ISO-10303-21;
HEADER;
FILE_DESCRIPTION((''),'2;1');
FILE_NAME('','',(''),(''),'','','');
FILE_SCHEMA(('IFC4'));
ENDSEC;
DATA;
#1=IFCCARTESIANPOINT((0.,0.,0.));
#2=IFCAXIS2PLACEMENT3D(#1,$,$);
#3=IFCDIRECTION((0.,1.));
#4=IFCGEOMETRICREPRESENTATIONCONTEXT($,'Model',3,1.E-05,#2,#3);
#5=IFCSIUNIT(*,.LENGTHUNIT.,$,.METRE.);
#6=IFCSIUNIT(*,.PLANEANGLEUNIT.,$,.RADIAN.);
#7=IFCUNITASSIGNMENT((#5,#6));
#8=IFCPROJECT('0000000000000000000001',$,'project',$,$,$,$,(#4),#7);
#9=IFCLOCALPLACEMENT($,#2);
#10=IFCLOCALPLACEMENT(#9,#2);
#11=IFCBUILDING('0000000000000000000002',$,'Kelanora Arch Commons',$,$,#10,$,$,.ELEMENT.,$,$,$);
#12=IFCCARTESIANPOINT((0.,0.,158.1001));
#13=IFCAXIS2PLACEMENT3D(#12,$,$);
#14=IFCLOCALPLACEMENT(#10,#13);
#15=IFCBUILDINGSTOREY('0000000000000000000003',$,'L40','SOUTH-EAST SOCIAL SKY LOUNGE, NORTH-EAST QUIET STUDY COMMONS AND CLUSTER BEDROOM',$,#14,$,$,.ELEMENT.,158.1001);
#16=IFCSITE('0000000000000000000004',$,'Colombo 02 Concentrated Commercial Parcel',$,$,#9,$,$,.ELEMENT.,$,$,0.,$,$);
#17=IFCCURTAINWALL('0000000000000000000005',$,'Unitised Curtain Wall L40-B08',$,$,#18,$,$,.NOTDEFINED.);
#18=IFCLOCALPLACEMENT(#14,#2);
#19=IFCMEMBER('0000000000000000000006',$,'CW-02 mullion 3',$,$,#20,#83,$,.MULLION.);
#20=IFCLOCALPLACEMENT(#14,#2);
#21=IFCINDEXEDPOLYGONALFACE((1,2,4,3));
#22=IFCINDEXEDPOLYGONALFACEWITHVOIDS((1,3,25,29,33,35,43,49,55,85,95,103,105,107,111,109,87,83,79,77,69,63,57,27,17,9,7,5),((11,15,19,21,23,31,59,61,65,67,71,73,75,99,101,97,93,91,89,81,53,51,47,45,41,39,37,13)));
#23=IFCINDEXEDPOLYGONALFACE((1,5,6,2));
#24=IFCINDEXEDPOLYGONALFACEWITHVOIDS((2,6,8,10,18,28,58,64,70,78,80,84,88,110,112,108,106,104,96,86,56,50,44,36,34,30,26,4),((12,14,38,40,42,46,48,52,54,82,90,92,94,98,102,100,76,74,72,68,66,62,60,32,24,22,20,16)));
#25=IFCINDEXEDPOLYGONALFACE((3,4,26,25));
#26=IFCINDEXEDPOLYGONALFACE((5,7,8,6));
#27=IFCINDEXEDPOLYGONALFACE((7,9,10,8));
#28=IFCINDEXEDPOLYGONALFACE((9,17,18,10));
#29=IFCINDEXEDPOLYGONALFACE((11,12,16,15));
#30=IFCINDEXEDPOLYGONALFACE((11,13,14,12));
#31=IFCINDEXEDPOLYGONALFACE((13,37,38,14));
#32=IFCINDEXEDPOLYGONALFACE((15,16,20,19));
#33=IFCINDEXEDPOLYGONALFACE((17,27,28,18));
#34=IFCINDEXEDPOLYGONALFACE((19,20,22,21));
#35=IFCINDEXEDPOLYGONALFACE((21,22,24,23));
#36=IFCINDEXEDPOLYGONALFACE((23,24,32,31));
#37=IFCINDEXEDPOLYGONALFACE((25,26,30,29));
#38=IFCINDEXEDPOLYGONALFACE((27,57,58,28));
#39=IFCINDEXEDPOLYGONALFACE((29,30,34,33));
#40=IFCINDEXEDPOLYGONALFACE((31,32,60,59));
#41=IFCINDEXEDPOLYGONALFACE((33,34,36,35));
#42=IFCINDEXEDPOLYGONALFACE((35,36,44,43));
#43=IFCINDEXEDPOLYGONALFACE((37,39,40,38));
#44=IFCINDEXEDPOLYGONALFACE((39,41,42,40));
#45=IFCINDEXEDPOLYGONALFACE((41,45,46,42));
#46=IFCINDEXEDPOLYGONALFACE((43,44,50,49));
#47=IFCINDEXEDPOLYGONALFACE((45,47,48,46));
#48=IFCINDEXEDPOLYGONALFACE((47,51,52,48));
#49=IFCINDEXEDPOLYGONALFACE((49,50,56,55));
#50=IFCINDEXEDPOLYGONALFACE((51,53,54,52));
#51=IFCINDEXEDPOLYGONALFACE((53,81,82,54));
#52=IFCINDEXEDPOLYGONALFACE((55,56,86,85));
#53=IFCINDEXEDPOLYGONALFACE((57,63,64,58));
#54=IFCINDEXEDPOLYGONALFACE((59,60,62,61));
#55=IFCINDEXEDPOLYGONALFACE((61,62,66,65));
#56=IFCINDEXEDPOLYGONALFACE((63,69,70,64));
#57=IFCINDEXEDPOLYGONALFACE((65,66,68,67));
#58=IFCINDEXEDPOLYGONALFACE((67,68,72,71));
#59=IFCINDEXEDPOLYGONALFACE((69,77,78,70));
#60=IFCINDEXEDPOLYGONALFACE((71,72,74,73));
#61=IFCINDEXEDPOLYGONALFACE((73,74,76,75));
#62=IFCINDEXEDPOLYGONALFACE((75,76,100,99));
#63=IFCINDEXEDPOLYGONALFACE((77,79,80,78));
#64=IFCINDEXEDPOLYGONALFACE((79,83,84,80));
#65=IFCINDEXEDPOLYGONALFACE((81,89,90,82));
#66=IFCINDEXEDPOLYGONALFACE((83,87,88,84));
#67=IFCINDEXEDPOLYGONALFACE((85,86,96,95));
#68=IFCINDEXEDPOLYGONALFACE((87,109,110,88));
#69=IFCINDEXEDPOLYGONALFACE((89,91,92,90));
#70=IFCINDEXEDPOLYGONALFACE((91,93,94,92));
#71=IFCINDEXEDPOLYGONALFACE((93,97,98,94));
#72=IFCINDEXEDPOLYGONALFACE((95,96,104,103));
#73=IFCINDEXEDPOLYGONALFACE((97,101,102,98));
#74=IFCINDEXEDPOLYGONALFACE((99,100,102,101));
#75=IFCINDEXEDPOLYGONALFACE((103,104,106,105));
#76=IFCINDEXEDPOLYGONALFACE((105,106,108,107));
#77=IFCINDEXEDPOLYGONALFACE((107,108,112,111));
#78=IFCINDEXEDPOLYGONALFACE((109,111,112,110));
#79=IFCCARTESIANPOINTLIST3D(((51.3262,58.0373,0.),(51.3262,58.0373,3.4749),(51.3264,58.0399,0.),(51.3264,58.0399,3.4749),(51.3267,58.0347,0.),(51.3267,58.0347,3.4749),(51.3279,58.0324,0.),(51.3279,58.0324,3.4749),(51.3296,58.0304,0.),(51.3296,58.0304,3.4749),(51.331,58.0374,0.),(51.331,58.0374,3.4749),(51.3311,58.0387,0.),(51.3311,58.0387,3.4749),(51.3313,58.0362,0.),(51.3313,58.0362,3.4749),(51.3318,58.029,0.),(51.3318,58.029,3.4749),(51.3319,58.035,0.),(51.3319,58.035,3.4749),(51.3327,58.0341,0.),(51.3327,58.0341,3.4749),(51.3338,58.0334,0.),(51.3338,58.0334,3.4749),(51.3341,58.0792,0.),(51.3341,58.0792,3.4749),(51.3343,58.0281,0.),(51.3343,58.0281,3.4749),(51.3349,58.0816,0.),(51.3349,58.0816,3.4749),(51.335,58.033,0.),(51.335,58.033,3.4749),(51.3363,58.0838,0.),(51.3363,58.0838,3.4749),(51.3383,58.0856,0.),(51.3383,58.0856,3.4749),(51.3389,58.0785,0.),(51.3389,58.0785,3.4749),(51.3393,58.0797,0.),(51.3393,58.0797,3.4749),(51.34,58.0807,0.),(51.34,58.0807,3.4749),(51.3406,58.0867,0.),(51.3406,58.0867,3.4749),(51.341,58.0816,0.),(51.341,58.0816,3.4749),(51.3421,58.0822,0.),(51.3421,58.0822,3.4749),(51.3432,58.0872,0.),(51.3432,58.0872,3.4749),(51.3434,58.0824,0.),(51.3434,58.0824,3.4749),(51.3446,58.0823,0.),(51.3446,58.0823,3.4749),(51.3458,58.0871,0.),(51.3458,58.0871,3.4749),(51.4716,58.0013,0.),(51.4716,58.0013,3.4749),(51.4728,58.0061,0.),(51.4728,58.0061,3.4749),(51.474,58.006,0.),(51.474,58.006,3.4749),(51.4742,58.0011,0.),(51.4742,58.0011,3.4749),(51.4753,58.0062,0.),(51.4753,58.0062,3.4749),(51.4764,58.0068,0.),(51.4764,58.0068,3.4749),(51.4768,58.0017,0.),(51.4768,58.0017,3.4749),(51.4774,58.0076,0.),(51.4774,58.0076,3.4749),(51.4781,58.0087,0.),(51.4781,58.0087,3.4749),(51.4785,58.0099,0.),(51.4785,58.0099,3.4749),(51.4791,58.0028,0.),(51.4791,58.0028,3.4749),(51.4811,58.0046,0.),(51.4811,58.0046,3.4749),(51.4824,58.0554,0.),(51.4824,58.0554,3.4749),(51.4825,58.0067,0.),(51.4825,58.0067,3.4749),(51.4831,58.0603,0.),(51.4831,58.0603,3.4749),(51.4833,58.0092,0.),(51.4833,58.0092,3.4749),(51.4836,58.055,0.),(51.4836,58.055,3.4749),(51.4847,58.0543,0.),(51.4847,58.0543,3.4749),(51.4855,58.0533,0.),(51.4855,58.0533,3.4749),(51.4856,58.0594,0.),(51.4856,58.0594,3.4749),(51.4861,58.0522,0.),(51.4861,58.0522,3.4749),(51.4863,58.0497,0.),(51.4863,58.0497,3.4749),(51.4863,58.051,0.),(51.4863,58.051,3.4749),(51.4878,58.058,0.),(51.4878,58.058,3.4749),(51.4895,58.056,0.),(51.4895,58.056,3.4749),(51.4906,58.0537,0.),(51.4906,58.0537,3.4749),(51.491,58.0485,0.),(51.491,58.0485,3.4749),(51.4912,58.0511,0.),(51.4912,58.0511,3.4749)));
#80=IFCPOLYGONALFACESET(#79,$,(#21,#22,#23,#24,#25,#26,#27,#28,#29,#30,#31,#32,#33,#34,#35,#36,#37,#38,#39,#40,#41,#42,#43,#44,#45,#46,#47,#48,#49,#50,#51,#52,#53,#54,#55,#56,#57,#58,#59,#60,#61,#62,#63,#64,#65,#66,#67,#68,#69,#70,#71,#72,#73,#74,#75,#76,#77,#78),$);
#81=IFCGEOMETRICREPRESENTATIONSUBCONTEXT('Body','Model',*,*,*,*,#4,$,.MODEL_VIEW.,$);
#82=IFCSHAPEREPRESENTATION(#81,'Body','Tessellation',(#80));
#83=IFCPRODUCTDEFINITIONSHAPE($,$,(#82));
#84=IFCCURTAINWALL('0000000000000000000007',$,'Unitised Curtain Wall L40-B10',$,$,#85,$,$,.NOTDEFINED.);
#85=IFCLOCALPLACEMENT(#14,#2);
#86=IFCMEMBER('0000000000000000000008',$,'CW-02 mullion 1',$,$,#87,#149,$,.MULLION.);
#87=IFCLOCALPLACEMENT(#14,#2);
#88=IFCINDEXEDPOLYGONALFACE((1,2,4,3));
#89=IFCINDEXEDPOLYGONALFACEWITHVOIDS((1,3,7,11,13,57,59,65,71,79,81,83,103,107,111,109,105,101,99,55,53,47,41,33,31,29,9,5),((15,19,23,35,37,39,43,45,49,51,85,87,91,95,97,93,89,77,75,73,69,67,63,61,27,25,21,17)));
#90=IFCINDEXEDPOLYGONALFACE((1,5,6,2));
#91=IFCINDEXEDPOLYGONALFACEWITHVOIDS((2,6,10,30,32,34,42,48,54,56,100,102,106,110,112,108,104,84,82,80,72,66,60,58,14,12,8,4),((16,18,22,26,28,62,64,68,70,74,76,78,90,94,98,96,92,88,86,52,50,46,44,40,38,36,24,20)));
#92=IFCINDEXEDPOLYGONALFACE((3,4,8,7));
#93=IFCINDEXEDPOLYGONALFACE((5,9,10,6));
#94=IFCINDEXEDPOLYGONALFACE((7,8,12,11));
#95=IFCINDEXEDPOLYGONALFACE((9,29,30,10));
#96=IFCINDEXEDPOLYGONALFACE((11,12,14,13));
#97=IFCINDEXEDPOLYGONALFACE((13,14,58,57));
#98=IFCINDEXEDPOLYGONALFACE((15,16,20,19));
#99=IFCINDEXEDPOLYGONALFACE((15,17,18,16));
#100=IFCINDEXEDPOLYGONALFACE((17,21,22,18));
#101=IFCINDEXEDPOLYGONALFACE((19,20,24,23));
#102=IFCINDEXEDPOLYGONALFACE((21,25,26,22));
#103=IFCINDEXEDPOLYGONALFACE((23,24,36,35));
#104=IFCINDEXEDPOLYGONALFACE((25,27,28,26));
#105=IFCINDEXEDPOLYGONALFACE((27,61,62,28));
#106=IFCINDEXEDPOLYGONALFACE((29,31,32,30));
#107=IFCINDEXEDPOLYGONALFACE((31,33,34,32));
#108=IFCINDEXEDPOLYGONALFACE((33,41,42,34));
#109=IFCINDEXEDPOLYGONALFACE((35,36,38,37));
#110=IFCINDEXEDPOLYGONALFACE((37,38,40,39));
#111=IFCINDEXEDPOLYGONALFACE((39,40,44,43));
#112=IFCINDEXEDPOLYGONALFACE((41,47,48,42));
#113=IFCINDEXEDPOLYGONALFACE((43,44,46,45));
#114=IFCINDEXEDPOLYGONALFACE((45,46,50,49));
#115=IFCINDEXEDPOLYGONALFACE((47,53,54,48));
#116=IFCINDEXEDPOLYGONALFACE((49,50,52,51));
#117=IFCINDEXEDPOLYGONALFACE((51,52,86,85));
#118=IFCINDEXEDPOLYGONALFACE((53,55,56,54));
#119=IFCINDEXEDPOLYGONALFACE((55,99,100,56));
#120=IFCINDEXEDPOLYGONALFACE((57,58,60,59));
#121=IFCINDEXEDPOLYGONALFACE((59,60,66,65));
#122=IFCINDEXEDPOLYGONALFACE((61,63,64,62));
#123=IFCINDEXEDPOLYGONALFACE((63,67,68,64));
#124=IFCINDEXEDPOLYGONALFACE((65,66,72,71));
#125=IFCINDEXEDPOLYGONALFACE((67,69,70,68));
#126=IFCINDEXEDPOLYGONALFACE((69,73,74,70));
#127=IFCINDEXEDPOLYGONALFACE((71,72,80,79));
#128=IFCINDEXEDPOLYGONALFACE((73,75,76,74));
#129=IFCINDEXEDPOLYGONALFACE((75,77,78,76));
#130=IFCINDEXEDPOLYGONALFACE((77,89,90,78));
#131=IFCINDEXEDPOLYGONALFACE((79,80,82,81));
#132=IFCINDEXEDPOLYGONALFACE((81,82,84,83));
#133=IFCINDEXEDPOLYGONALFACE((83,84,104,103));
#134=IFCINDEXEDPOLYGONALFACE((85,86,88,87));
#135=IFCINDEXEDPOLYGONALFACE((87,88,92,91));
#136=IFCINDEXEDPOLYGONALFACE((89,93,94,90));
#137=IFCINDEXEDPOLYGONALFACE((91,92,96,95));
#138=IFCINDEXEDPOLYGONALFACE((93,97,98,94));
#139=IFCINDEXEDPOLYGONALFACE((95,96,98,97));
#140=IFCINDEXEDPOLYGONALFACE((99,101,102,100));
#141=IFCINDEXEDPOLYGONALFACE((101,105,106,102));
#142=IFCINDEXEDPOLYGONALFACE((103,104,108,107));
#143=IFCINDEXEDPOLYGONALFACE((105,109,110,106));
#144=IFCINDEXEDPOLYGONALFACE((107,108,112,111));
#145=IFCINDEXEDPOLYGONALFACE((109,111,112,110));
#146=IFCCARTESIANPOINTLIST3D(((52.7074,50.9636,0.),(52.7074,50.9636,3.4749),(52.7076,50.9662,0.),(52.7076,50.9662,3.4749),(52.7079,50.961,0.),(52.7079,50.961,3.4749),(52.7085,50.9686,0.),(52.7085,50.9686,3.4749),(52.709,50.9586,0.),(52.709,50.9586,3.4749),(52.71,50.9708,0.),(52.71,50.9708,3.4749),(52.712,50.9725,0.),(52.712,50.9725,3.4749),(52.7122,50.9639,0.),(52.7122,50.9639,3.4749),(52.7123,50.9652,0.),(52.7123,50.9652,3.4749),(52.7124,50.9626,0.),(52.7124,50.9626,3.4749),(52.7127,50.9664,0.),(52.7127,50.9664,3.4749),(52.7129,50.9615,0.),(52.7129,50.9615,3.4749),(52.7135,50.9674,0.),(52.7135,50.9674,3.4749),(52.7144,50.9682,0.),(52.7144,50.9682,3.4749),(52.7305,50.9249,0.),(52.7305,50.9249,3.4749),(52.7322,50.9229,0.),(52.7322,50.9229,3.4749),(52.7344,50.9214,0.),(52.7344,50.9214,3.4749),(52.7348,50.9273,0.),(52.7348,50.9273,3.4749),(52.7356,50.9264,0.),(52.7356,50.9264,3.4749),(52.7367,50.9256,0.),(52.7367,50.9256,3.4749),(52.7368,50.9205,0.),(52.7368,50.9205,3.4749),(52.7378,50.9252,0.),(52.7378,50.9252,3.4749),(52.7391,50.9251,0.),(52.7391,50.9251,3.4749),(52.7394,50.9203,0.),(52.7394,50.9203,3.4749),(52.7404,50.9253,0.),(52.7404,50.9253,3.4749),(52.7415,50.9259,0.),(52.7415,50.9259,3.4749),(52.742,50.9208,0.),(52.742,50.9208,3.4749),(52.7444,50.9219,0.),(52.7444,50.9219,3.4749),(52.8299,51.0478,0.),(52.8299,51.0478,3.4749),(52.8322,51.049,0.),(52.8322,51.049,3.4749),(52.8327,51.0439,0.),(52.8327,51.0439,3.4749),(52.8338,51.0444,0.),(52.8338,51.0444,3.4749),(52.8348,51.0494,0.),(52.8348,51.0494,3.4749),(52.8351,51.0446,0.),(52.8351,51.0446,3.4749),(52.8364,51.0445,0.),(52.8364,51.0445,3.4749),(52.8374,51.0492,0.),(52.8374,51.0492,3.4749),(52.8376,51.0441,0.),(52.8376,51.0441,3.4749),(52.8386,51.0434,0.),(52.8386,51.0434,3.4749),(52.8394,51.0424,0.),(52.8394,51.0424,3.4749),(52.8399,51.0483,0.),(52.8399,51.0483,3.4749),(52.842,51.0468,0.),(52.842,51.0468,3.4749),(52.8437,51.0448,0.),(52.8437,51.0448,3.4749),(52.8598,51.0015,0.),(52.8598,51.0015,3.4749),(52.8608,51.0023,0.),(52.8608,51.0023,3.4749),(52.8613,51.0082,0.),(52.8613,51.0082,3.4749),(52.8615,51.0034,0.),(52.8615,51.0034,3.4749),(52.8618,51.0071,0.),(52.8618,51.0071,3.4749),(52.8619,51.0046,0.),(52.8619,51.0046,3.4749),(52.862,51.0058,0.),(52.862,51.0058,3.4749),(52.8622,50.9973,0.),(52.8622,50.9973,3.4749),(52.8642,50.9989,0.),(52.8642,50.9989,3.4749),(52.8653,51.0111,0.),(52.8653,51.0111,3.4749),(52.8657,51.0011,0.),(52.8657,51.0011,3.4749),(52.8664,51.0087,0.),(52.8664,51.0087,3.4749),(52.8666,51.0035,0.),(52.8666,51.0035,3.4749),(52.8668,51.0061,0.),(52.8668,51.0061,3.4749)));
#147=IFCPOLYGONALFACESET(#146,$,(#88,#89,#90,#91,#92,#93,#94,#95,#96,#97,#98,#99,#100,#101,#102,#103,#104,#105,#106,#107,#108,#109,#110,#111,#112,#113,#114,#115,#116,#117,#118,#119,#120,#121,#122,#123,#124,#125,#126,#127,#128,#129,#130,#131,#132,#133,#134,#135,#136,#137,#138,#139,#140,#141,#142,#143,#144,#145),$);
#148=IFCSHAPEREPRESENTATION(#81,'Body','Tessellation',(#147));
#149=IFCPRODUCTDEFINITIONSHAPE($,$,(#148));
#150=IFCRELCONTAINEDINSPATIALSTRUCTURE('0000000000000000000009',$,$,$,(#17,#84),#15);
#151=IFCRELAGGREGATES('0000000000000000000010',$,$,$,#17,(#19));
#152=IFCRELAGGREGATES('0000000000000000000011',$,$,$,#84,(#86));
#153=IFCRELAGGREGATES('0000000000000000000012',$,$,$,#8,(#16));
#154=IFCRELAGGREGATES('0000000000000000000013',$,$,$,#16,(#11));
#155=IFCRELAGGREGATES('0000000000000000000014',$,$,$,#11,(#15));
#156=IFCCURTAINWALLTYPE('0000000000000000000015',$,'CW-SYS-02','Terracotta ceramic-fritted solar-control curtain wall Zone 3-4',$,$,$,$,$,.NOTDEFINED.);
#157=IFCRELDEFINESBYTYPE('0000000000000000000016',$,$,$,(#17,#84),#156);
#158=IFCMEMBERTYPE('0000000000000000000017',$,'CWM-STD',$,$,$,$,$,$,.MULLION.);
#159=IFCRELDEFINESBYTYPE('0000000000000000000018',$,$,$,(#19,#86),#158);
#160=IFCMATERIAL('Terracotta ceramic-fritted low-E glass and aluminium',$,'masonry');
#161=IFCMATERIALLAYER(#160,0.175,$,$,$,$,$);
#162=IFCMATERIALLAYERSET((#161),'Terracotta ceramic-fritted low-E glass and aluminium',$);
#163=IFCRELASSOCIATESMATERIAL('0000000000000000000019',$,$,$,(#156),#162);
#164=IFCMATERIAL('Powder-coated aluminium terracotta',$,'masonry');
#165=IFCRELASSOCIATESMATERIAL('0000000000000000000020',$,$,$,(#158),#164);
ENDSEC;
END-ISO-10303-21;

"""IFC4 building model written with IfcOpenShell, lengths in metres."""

from ifc_helpers import new_model, si_unit, direction, frame, origin, origin_2d, place, context, subcontext, project, spatial, hollow_rectangle, extrude, material, layer, layer_set, material_profile, profile_set, type_object, element, aggregate, save


model = new_model("IFC4")

# Units and contexts
model_context = context("Model", 3, precision=1e-05, world=origin(), true_north=direction((0.0, 1.0)))
body_context = subcontext(model_context, "Body", "Model", "MODEL_VIEW")
ifc_project = project(units=[si_unit("LENGTHUNIT", "METRE"), si_unit("PLANEANGLEUNIT", "RADIAN")], contexts=[model_context])

# Site, building, storey
site_placement = place(None, origin())
site = spatial("IfcSite", under=ifc_project, at=site_placement, Name="Colombo 02 Concentrated Commercial Parcel", CompositionType="ELEMENT", RefElevation=0.0)
building_placement = place(site_placement, origin())
building = spatial("IfcBuilding", under=site, at=building_placement, Name="Kelanora Arch Commons", CompositionType="ELEMENT")
storey_placement = place(building_placement, frame((0.0, 0.0, 158.1001)))
storey = spatial("IfcBuildingStorey", under=building, at=storey_placement, Name="L40", Description="SOUTH-EAST SOCIAL SKY LOUNGE, NORTH-EAST QUIET STUDY COMMONS AND CLUSTER BEDROOM", CompositionType="ELEMENT", Elevation=158.1001)

# Curtain wall, member
ifc_material_1 = material(Name="Terracotta ceramic-fritted low-E glass and aluminium", Category="masonry")
ifc_layer_1 = layer(ifc_material_1, 0.175)
ifc_layer_set_1 = layer_set([ifc_layer_1], Name="Terracotta ceramic-fritted low-E glass and aluminium")
curtain_wall_type = type_object("IfcCurtainWallType", Name="CW-SYS-02", Description="Terracotta ceramic-fritted solar-control curtain wall Zone 3-4", PredefinedType="NOTDEFINED", material=ifc_layer_set_1)
curtain_wall_1_placement = place(storey_placement, origin())
curtain_wall_1 = element("IfcCurtainWall", 1, at=curtain_wall_1_placement, inside=storey, type_object=curtain_wall_type, Name="Unitised Curtain Wall L40-B08", PredefinedType="NOTDEFINED")
ifc_material_2 = material(Name="Powder-coated aluminium terracotta", Category="masonry")
ifc_material_profile_1 = material_profile(ifc_material_2, hollow_rectangle(XDim=0.1599, YDim=0.0601, WallThickness=0.0049, InnerFilletRadius=0.0049, OuterFilletRadius=0.01, at=origin_2d()), Name="CWM160x60")
ifc_profile_set_1 = profile_set([ifc_material_profile_1], Name="Powder-coated aluminium terracotta")
member_type_1 = type_object("IfcMemberType", Name="CWM-STD", PredefinedType="MULLION", material=ifc_profile_set_1)
member_1_placement = place(storey_placement, frame((51.4087, 58.0442, 0.0), z_axis=(0.0, 0.0, 1.0), x_axis=(0.981453, -0.191705, 0.0)))
member_1 = element("IfcMember", 2, at=member_1_placement, type_object=member_type_1, Name="CW-02 mullion 3", PredefinedType="MULLION", context=body_context, shape_type="SweptSolid", body=[
    extrude(hollow_rectangle(XDim=0.1599, YDim=0.0601, WallThickness=0.0049, InnerFilletRadius=0.0049, OuterFilletRadius=0.01, at=origin_2d()), origin(), (0.0, 0.0, 1.0), 3.4749),
])
aggregate(curtain_wall_1, [member_1])

# Curtain wall, member
curtain_wall_2_placement = place(storey_placement, origin())
curtain_wall_2 = element("IfcCurtainWall", 3, at=curtain_wall_2_placement, inside=storey, type_object=curtain_wall_type, Name="Unitised Curtain Wall L40-B10", PredefinedType="NOTDEFINED")
member_2_placement = place(storey_placement, frame((52.7871, 50.9849, 0.0), z_axis=(0.0, 0.0, 1.0), x_axis=(0.842423, 0.538817, 0.0)))
member_2 = element("IfcMember", 4, at=member_2_placement, type_object=member_type_1, Name="CW-02 mullion 1", PredefinedType="MULLION", context=body_context, shape_type="SweptSolid", body=[
    extrude(hollow_rectangle(XDim=0.1599, YDim=0.0601, WallThickness=0.0049, InnerFilletRadius=0.0049, OuterFilletRadius=0.01, at=origin_2d()), origin(), (0.0, 0.0, 1.0), 3.4749),
])

aggregate(curtain_wall_2, [member_2])

save(model, "model.ifc")
